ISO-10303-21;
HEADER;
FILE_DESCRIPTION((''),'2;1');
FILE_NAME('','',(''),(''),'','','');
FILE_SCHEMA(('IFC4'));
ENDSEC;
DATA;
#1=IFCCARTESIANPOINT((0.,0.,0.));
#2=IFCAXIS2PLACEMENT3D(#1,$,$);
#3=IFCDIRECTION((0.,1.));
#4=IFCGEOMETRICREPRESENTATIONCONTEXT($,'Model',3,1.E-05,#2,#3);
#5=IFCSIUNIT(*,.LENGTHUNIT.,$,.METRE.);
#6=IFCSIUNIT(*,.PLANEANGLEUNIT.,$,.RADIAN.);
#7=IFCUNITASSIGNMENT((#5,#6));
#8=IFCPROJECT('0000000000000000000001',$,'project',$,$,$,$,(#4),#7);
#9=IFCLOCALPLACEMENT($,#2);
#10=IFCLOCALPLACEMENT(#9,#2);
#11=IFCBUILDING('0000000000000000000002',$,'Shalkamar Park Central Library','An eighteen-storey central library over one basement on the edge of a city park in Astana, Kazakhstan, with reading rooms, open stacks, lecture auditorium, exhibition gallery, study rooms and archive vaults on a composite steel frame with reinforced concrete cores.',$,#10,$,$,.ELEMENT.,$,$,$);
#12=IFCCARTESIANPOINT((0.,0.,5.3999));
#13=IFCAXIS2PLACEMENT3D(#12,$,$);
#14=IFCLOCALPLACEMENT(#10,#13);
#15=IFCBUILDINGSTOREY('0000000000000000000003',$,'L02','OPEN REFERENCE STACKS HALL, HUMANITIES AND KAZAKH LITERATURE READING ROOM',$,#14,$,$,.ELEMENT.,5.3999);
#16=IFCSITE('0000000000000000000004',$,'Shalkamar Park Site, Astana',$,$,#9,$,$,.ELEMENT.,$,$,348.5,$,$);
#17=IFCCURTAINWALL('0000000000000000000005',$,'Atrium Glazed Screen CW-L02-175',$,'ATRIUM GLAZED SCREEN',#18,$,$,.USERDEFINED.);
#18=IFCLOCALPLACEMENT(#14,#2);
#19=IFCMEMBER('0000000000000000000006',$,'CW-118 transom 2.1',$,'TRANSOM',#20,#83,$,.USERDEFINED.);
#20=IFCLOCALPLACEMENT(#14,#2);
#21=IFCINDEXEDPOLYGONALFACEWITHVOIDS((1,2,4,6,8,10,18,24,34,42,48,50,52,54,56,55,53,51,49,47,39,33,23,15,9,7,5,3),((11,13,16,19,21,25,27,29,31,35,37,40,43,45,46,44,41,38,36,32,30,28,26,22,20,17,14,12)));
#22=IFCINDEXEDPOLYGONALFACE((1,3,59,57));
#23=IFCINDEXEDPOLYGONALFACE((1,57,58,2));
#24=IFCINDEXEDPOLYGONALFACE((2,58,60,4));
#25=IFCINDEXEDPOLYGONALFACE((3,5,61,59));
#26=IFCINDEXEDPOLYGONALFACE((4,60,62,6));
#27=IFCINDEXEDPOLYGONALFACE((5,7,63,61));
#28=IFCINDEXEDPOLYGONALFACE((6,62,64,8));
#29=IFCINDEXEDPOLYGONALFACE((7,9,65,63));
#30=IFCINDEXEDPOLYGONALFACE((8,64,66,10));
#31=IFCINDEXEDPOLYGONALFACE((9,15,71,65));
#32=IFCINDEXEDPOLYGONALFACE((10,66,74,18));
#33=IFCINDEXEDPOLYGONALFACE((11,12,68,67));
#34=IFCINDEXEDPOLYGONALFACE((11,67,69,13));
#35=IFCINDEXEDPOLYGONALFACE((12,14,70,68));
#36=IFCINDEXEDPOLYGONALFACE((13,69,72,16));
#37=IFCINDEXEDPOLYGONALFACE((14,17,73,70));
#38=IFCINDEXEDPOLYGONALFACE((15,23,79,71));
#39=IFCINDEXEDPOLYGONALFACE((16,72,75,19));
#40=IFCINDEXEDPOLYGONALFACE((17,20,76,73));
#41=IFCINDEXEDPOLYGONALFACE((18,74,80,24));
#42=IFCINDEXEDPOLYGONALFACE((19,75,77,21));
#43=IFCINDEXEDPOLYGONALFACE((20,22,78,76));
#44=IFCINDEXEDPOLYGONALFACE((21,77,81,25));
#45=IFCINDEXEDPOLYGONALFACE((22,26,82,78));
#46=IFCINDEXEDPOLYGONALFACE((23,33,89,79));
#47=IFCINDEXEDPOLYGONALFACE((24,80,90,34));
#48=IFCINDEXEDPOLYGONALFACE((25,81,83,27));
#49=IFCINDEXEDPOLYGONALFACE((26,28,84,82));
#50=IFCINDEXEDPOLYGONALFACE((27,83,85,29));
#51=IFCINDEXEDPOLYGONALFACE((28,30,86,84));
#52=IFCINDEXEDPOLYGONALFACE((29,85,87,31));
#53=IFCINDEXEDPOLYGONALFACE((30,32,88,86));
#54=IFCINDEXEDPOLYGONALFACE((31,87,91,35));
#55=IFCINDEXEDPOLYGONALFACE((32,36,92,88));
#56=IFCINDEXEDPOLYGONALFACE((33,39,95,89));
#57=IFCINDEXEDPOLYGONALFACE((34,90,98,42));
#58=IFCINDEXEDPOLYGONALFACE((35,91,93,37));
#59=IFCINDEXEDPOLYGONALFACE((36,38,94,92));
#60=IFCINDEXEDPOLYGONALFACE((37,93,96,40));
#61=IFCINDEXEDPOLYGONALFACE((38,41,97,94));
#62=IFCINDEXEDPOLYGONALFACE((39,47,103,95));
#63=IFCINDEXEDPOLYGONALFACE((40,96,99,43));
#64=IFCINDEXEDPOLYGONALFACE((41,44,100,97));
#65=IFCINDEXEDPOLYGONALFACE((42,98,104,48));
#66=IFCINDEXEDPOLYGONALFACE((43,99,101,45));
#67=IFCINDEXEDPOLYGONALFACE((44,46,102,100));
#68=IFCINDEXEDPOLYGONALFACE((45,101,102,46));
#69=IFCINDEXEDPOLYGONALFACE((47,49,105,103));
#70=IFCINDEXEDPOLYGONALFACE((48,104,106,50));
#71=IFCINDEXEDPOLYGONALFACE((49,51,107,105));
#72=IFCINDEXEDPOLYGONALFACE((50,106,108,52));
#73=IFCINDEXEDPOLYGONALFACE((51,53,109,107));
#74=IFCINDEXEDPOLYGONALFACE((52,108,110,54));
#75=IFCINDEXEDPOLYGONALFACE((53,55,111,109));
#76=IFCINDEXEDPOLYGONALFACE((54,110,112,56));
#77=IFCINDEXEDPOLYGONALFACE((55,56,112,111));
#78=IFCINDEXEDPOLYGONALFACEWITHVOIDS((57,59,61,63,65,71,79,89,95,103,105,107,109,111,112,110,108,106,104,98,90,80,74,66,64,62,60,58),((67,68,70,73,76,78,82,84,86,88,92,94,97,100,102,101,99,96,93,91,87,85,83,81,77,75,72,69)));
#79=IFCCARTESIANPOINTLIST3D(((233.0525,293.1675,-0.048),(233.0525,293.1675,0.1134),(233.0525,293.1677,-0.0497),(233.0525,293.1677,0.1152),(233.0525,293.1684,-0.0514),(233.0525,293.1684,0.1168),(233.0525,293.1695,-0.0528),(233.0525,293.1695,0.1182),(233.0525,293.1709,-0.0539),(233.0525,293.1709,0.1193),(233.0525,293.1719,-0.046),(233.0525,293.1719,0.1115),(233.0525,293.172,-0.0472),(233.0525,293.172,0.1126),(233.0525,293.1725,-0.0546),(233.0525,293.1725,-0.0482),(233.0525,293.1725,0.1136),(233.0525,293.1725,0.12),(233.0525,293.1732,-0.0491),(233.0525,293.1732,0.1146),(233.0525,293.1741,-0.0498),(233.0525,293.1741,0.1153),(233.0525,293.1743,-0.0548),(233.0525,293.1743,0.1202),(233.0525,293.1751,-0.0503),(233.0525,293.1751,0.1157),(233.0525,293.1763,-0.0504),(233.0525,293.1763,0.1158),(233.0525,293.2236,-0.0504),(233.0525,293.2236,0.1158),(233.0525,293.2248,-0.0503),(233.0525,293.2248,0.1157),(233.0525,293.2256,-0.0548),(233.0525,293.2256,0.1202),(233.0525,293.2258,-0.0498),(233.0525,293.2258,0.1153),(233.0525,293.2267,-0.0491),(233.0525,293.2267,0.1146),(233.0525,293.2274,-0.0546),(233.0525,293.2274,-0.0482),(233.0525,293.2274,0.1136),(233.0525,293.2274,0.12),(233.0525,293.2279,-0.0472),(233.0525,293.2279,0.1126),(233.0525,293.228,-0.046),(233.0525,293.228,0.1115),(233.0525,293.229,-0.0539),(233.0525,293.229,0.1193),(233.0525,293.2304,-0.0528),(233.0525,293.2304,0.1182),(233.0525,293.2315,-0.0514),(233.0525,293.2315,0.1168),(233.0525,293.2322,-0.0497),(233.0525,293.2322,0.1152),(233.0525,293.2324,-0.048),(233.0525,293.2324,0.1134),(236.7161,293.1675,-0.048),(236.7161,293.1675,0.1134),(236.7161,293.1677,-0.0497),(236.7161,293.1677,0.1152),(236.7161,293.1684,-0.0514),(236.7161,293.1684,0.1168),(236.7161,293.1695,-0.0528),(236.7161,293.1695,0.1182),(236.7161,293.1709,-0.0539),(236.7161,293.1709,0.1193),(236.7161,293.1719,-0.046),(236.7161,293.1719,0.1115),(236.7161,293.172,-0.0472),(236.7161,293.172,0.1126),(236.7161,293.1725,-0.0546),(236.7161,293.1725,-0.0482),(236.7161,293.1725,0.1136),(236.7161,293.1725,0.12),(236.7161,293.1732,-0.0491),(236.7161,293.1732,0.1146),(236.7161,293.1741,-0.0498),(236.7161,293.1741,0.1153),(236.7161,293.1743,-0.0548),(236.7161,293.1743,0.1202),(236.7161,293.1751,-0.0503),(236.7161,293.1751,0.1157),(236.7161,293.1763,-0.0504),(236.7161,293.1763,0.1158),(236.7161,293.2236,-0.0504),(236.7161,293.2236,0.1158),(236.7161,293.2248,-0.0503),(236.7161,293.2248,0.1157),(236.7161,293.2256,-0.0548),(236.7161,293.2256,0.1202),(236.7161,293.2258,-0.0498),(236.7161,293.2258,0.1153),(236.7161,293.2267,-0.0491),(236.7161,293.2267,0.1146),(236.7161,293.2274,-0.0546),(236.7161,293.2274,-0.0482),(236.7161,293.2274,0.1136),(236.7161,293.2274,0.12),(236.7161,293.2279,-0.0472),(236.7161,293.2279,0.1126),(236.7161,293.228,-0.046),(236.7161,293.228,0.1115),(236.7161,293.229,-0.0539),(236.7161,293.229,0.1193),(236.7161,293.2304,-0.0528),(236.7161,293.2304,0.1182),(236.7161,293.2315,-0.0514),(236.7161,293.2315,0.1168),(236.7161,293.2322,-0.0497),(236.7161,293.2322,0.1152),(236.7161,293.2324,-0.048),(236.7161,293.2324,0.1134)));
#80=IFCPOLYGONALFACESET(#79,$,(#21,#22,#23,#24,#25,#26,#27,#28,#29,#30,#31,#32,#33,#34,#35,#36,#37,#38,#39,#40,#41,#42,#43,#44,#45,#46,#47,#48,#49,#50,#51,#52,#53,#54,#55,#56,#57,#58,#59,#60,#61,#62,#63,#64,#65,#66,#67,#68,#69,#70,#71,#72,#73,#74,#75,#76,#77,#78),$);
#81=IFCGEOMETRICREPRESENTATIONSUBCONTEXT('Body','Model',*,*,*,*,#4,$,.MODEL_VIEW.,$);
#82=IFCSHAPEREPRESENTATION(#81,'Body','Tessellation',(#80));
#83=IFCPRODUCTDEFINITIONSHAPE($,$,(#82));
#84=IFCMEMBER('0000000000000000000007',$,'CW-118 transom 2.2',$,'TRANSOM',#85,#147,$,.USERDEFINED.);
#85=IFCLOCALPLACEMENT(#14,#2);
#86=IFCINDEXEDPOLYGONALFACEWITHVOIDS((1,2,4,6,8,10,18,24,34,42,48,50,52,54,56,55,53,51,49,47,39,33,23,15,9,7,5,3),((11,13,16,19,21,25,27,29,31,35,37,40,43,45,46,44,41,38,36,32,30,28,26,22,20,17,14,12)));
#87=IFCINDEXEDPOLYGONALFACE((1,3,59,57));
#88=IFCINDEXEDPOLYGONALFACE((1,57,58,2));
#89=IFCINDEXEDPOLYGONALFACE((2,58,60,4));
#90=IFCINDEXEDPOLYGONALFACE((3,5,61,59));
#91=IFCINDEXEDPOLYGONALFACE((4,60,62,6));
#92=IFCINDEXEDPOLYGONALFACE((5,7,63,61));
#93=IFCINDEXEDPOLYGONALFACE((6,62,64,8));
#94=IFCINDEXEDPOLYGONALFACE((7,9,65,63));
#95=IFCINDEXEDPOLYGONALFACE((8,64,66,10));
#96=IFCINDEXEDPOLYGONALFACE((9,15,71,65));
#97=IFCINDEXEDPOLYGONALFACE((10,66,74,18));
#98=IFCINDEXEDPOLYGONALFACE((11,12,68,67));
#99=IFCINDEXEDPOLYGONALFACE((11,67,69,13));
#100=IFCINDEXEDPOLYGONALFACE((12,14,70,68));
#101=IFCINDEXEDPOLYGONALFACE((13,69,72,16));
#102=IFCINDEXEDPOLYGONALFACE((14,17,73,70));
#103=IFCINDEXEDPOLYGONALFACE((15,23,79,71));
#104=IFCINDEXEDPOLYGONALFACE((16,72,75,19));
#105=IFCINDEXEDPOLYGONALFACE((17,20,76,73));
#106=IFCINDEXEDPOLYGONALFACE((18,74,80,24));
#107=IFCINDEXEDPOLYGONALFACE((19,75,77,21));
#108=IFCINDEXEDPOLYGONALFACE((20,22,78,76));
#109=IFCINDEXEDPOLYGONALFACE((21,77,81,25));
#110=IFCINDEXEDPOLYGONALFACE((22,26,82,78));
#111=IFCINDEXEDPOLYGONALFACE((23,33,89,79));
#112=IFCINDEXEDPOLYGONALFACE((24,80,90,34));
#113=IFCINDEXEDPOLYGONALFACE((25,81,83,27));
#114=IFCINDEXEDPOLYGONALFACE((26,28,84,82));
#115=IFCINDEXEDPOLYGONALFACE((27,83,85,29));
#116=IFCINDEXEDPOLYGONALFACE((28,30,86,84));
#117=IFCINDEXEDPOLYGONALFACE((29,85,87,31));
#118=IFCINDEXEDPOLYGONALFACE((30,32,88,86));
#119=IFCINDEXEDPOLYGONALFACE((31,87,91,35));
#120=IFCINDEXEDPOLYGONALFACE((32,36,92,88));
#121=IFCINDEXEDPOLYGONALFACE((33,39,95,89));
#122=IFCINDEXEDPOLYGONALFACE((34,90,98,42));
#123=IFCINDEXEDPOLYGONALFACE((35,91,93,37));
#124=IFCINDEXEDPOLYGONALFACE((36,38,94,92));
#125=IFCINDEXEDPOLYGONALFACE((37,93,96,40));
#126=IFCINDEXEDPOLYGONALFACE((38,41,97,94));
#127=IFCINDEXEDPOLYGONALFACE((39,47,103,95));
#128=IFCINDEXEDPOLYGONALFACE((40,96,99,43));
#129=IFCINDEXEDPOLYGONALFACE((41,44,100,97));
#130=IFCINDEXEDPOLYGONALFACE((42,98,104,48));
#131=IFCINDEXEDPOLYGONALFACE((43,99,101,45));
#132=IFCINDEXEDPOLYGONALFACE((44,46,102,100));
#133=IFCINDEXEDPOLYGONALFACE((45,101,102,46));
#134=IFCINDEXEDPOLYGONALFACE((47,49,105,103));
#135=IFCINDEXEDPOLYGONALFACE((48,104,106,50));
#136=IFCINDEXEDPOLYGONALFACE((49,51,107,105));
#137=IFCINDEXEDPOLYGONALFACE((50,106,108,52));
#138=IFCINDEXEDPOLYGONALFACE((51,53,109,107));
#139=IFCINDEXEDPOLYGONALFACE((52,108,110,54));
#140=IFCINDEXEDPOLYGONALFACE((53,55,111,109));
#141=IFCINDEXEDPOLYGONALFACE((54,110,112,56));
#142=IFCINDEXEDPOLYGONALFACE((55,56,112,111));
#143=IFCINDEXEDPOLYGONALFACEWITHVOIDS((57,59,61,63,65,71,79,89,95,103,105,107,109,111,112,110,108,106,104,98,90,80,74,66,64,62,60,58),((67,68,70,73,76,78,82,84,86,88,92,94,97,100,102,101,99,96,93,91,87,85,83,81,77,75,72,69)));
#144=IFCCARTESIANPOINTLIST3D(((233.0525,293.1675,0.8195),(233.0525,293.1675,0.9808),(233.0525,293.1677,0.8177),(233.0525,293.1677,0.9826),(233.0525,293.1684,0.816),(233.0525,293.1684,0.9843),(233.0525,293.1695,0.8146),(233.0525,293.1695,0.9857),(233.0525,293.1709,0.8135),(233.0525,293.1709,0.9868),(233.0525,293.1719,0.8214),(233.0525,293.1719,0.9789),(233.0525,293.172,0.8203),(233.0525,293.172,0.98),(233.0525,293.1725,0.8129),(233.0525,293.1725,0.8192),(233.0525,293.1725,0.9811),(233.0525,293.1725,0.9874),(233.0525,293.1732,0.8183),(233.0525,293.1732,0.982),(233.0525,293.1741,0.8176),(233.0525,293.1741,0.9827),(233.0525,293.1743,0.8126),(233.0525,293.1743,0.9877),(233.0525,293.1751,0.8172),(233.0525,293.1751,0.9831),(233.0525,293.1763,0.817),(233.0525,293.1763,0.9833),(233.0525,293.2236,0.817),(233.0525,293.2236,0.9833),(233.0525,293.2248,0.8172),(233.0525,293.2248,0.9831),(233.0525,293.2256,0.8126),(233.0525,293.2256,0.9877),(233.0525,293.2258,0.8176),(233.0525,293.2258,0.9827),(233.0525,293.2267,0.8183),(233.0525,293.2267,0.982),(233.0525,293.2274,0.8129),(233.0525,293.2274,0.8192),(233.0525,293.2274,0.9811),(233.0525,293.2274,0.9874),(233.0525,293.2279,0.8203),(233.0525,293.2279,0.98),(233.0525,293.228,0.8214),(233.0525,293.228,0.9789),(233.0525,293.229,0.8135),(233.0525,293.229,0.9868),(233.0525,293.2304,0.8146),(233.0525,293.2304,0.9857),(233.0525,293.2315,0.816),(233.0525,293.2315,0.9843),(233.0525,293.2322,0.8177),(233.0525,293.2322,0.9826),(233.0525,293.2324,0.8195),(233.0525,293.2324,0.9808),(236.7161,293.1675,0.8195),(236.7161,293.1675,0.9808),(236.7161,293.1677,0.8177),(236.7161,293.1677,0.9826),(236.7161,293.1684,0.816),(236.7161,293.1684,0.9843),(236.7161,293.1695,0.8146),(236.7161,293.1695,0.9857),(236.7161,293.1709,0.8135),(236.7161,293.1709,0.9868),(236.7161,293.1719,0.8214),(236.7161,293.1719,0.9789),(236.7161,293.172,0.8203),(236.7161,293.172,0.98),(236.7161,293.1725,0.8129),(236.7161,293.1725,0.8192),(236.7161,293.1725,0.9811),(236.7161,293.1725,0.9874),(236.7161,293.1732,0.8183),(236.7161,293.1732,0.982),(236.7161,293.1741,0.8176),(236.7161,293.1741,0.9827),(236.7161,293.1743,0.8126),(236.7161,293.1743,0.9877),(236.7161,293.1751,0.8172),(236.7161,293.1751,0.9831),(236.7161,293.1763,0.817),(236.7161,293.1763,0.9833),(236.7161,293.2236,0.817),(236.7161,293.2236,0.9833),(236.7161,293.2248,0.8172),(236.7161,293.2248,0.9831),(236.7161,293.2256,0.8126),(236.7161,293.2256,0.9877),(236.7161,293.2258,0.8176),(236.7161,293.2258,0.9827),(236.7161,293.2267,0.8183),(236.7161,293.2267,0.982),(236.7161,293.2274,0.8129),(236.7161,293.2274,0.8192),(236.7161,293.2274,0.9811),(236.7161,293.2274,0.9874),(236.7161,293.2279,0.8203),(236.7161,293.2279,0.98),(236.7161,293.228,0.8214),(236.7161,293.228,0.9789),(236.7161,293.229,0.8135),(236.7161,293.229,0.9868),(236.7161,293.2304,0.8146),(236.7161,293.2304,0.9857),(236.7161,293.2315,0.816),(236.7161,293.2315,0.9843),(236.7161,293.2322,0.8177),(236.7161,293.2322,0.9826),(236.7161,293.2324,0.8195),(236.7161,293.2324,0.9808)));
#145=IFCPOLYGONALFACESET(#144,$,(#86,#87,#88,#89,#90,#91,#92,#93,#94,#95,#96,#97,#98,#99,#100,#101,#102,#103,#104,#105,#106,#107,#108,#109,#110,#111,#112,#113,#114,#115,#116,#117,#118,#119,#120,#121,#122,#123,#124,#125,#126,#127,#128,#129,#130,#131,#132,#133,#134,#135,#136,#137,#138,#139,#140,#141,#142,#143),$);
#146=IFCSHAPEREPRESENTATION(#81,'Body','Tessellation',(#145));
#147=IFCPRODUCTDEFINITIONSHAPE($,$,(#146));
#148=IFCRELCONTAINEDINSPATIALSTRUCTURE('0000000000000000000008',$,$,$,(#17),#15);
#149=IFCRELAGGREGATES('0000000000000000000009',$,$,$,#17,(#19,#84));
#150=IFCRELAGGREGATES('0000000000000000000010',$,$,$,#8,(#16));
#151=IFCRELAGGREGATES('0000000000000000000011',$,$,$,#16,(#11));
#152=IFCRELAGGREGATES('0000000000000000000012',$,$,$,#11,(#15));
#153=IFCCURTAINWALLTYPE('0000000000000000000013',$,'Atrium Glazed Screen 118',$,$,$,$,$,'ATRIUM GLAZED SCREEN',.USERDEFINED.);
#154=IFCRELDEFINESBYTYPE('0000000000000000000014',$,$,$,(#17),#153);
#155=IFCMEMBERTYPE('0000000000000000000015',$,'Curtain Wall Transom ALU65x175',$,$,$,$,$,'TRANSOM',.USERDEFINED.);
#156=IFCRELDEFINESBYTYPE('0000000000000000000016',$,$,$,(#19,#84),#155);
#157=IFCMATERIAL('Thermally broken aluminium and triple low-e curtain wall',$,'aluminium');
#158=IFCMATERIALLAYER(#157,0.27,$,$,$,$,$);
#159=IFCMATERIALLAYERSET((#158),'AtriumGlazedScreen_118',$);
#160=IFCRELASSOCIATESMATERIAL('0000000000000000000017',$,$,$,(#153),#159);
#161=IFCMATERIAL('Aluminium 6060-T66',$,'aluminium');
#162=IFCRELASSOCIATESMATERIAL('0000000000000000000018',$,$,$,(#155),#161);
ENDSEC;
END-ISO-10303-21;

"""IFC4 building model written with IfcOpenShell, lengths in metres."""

from ifc_helpers import new_model, si_unit, direction, frame, origin, origin_2d, place, context, subcontext, project, spatial, hollow_rectangle, extrude, material, layer, layer_set, material_profile, profile_set, type_object, element, aggregate, save


model = new_model("IFC4")

# Units and contexts
model_context = context("Model", 3, precision=1e-05, world=origin(), true_north=direction((0.0, 1.0)))
body_context = subcontext(model_context, "Body", "Model", "MODEL_VIEW")
ifc_project = project(units=[si_unit("LENGTHUNIT", "METRE"), si_unit("PLANEANGLEUNIT", "RADIAN")], contexts=[model_context])

# Site, building, storey
site_placement = place(None, origin())
site = spatial("IfcSite", under=ifc_project, at=site_placement, Name="Shalkamar Park Site, Astana", CompositionType="ELEMENT", RefElevation=348.5)
building_placement = place(site_placement, origin())
building = spatial("IfcBuilding", under=site, at=building_placement, Name="Shalkamar Park Central Library", Description="An eighteen-storey central library over one basement on the edge of a city park in Astana, Kazakhstan, with reading rooms, open stacks, lecture auditorium, exhibition gallery, study rooms and archive vaults on a composite steel frame with reinforced concrete cores.", CompositionType="ELEMENT")
storey_placement = place(building_placement, frame((0.0, 0.0, 5.3999)))
storey = spatial("IfcBuildingStorey", under=building, at=storey_placement, Name="L02", Description="OPEN REFERENCE STACKS HALL, HUMANITIES AND KAZAKH LITERATURE READING ROOM", CompositionType="ELEMENT", Elevation=5.3999)

# Curtain wall, members
ifc_material_1 = material(Name="Thermally broken aluminium and triple low-e curtain wall", Category="aluminium")
ifc_layer_1 = layer(ifc_material_1, 0.27)
ifc_layer_set_1 = layer_set([ifc_layer_1], Name="AtriumGlazedScreen_118")
curtain_wall_type = type_object("IfcCurtainWallType", Name="Atrium Glazed Screen 118", ElementType="ATRIUM GLAZED SCREEN", PredefinedType="USERDEFINED", material=ifc_layer_set_1)
curtain_wall_placement = place(storey_placement, origin())
curtain_wall = element("IfcCurtainWall", 1, at=curtain_wall_placement, inside=storey, type_object=curtain_wall_type, Name="Atrium Glazed Screen CW-L02-175", ObjectType="ATRIUM GLAZED SCREEN", PredefinedType="USERDEFINED")
ifc_material_2 = material(Name="Aluminium 6060-T66", Category="aluminium")
ifc_material_profile_1 = material_profile(ifc_material_2, hollow_rectangle(XDim=0.0649, YDim=0.175, WallThickness=0.0044, InnerFilletRadius=0.0044, OuterFilletRadius=0.0068, at=origin_2d()), Name="ALU 65x175x4.5")
ifc_profile_set_1 = profile_set([ifc_material_profile_1], Name="Aluminium 6060-T66")
member_type_1 = type_object("IfcMemberType", Name="Curtain Wall Transom ALU65x175", ElementType="TRANSOM", PredefinedType="USERDEFINED", material=ifc_profile_set_1)
member_1_placement = place(storey_placement, frame((233.0525, 293.2, 0.0327), z_axis=(1.0, 0.0, 0.0), x_axis=(0.0, 1.0, 0.0)))
member_1 = element("IfcMember", 2, at=member_1_placement, type_object=member_type_1, Name="CW-118 transom 2.1", ObjectType="TRANSOM", PredefinedType="USERDEFINED", context=body_context, shape_type="SweptSolid", body=[
    extrude(hollow_rectangle(XDim=0.0649, YDim=0.175, WallThickness=0.0044, InnerFilletRadius=0.0044, OuterFilletRadius=0.0068, at=origin_2d()), origin(), (0.0, 0.0, 1.0), 3.6636),
])
member_2_placement = place(storey_placement, frame((233.0525, 293.2, 0.9001), z_axis=(1.0, 0.0, 0.0), x_axis=(0.0, 1.0, 0.0)))
member_2 = element("IfcMember", 3, at=member_2_placement, type_object=member_type_1, Name="CW-118 transom 2.2", ObjectType="TRANSOM", PredefinedType="USERDEFINED", context=body_context, shape_type="SweptSolid", body=[
    extrude(hollow_rectangle(XDim=0.0649, YDim=0.175, WallThickness=0.0044, InnerFilletRadius=0.0044, OuterFilletRadius=0.0068, at=origin_2d()), origin(), (0.0, 0.0, 1.0), 3.6636),
])

aggregate(curtain_wall, [member_1, member_2])

save(model, "model.ifc")
